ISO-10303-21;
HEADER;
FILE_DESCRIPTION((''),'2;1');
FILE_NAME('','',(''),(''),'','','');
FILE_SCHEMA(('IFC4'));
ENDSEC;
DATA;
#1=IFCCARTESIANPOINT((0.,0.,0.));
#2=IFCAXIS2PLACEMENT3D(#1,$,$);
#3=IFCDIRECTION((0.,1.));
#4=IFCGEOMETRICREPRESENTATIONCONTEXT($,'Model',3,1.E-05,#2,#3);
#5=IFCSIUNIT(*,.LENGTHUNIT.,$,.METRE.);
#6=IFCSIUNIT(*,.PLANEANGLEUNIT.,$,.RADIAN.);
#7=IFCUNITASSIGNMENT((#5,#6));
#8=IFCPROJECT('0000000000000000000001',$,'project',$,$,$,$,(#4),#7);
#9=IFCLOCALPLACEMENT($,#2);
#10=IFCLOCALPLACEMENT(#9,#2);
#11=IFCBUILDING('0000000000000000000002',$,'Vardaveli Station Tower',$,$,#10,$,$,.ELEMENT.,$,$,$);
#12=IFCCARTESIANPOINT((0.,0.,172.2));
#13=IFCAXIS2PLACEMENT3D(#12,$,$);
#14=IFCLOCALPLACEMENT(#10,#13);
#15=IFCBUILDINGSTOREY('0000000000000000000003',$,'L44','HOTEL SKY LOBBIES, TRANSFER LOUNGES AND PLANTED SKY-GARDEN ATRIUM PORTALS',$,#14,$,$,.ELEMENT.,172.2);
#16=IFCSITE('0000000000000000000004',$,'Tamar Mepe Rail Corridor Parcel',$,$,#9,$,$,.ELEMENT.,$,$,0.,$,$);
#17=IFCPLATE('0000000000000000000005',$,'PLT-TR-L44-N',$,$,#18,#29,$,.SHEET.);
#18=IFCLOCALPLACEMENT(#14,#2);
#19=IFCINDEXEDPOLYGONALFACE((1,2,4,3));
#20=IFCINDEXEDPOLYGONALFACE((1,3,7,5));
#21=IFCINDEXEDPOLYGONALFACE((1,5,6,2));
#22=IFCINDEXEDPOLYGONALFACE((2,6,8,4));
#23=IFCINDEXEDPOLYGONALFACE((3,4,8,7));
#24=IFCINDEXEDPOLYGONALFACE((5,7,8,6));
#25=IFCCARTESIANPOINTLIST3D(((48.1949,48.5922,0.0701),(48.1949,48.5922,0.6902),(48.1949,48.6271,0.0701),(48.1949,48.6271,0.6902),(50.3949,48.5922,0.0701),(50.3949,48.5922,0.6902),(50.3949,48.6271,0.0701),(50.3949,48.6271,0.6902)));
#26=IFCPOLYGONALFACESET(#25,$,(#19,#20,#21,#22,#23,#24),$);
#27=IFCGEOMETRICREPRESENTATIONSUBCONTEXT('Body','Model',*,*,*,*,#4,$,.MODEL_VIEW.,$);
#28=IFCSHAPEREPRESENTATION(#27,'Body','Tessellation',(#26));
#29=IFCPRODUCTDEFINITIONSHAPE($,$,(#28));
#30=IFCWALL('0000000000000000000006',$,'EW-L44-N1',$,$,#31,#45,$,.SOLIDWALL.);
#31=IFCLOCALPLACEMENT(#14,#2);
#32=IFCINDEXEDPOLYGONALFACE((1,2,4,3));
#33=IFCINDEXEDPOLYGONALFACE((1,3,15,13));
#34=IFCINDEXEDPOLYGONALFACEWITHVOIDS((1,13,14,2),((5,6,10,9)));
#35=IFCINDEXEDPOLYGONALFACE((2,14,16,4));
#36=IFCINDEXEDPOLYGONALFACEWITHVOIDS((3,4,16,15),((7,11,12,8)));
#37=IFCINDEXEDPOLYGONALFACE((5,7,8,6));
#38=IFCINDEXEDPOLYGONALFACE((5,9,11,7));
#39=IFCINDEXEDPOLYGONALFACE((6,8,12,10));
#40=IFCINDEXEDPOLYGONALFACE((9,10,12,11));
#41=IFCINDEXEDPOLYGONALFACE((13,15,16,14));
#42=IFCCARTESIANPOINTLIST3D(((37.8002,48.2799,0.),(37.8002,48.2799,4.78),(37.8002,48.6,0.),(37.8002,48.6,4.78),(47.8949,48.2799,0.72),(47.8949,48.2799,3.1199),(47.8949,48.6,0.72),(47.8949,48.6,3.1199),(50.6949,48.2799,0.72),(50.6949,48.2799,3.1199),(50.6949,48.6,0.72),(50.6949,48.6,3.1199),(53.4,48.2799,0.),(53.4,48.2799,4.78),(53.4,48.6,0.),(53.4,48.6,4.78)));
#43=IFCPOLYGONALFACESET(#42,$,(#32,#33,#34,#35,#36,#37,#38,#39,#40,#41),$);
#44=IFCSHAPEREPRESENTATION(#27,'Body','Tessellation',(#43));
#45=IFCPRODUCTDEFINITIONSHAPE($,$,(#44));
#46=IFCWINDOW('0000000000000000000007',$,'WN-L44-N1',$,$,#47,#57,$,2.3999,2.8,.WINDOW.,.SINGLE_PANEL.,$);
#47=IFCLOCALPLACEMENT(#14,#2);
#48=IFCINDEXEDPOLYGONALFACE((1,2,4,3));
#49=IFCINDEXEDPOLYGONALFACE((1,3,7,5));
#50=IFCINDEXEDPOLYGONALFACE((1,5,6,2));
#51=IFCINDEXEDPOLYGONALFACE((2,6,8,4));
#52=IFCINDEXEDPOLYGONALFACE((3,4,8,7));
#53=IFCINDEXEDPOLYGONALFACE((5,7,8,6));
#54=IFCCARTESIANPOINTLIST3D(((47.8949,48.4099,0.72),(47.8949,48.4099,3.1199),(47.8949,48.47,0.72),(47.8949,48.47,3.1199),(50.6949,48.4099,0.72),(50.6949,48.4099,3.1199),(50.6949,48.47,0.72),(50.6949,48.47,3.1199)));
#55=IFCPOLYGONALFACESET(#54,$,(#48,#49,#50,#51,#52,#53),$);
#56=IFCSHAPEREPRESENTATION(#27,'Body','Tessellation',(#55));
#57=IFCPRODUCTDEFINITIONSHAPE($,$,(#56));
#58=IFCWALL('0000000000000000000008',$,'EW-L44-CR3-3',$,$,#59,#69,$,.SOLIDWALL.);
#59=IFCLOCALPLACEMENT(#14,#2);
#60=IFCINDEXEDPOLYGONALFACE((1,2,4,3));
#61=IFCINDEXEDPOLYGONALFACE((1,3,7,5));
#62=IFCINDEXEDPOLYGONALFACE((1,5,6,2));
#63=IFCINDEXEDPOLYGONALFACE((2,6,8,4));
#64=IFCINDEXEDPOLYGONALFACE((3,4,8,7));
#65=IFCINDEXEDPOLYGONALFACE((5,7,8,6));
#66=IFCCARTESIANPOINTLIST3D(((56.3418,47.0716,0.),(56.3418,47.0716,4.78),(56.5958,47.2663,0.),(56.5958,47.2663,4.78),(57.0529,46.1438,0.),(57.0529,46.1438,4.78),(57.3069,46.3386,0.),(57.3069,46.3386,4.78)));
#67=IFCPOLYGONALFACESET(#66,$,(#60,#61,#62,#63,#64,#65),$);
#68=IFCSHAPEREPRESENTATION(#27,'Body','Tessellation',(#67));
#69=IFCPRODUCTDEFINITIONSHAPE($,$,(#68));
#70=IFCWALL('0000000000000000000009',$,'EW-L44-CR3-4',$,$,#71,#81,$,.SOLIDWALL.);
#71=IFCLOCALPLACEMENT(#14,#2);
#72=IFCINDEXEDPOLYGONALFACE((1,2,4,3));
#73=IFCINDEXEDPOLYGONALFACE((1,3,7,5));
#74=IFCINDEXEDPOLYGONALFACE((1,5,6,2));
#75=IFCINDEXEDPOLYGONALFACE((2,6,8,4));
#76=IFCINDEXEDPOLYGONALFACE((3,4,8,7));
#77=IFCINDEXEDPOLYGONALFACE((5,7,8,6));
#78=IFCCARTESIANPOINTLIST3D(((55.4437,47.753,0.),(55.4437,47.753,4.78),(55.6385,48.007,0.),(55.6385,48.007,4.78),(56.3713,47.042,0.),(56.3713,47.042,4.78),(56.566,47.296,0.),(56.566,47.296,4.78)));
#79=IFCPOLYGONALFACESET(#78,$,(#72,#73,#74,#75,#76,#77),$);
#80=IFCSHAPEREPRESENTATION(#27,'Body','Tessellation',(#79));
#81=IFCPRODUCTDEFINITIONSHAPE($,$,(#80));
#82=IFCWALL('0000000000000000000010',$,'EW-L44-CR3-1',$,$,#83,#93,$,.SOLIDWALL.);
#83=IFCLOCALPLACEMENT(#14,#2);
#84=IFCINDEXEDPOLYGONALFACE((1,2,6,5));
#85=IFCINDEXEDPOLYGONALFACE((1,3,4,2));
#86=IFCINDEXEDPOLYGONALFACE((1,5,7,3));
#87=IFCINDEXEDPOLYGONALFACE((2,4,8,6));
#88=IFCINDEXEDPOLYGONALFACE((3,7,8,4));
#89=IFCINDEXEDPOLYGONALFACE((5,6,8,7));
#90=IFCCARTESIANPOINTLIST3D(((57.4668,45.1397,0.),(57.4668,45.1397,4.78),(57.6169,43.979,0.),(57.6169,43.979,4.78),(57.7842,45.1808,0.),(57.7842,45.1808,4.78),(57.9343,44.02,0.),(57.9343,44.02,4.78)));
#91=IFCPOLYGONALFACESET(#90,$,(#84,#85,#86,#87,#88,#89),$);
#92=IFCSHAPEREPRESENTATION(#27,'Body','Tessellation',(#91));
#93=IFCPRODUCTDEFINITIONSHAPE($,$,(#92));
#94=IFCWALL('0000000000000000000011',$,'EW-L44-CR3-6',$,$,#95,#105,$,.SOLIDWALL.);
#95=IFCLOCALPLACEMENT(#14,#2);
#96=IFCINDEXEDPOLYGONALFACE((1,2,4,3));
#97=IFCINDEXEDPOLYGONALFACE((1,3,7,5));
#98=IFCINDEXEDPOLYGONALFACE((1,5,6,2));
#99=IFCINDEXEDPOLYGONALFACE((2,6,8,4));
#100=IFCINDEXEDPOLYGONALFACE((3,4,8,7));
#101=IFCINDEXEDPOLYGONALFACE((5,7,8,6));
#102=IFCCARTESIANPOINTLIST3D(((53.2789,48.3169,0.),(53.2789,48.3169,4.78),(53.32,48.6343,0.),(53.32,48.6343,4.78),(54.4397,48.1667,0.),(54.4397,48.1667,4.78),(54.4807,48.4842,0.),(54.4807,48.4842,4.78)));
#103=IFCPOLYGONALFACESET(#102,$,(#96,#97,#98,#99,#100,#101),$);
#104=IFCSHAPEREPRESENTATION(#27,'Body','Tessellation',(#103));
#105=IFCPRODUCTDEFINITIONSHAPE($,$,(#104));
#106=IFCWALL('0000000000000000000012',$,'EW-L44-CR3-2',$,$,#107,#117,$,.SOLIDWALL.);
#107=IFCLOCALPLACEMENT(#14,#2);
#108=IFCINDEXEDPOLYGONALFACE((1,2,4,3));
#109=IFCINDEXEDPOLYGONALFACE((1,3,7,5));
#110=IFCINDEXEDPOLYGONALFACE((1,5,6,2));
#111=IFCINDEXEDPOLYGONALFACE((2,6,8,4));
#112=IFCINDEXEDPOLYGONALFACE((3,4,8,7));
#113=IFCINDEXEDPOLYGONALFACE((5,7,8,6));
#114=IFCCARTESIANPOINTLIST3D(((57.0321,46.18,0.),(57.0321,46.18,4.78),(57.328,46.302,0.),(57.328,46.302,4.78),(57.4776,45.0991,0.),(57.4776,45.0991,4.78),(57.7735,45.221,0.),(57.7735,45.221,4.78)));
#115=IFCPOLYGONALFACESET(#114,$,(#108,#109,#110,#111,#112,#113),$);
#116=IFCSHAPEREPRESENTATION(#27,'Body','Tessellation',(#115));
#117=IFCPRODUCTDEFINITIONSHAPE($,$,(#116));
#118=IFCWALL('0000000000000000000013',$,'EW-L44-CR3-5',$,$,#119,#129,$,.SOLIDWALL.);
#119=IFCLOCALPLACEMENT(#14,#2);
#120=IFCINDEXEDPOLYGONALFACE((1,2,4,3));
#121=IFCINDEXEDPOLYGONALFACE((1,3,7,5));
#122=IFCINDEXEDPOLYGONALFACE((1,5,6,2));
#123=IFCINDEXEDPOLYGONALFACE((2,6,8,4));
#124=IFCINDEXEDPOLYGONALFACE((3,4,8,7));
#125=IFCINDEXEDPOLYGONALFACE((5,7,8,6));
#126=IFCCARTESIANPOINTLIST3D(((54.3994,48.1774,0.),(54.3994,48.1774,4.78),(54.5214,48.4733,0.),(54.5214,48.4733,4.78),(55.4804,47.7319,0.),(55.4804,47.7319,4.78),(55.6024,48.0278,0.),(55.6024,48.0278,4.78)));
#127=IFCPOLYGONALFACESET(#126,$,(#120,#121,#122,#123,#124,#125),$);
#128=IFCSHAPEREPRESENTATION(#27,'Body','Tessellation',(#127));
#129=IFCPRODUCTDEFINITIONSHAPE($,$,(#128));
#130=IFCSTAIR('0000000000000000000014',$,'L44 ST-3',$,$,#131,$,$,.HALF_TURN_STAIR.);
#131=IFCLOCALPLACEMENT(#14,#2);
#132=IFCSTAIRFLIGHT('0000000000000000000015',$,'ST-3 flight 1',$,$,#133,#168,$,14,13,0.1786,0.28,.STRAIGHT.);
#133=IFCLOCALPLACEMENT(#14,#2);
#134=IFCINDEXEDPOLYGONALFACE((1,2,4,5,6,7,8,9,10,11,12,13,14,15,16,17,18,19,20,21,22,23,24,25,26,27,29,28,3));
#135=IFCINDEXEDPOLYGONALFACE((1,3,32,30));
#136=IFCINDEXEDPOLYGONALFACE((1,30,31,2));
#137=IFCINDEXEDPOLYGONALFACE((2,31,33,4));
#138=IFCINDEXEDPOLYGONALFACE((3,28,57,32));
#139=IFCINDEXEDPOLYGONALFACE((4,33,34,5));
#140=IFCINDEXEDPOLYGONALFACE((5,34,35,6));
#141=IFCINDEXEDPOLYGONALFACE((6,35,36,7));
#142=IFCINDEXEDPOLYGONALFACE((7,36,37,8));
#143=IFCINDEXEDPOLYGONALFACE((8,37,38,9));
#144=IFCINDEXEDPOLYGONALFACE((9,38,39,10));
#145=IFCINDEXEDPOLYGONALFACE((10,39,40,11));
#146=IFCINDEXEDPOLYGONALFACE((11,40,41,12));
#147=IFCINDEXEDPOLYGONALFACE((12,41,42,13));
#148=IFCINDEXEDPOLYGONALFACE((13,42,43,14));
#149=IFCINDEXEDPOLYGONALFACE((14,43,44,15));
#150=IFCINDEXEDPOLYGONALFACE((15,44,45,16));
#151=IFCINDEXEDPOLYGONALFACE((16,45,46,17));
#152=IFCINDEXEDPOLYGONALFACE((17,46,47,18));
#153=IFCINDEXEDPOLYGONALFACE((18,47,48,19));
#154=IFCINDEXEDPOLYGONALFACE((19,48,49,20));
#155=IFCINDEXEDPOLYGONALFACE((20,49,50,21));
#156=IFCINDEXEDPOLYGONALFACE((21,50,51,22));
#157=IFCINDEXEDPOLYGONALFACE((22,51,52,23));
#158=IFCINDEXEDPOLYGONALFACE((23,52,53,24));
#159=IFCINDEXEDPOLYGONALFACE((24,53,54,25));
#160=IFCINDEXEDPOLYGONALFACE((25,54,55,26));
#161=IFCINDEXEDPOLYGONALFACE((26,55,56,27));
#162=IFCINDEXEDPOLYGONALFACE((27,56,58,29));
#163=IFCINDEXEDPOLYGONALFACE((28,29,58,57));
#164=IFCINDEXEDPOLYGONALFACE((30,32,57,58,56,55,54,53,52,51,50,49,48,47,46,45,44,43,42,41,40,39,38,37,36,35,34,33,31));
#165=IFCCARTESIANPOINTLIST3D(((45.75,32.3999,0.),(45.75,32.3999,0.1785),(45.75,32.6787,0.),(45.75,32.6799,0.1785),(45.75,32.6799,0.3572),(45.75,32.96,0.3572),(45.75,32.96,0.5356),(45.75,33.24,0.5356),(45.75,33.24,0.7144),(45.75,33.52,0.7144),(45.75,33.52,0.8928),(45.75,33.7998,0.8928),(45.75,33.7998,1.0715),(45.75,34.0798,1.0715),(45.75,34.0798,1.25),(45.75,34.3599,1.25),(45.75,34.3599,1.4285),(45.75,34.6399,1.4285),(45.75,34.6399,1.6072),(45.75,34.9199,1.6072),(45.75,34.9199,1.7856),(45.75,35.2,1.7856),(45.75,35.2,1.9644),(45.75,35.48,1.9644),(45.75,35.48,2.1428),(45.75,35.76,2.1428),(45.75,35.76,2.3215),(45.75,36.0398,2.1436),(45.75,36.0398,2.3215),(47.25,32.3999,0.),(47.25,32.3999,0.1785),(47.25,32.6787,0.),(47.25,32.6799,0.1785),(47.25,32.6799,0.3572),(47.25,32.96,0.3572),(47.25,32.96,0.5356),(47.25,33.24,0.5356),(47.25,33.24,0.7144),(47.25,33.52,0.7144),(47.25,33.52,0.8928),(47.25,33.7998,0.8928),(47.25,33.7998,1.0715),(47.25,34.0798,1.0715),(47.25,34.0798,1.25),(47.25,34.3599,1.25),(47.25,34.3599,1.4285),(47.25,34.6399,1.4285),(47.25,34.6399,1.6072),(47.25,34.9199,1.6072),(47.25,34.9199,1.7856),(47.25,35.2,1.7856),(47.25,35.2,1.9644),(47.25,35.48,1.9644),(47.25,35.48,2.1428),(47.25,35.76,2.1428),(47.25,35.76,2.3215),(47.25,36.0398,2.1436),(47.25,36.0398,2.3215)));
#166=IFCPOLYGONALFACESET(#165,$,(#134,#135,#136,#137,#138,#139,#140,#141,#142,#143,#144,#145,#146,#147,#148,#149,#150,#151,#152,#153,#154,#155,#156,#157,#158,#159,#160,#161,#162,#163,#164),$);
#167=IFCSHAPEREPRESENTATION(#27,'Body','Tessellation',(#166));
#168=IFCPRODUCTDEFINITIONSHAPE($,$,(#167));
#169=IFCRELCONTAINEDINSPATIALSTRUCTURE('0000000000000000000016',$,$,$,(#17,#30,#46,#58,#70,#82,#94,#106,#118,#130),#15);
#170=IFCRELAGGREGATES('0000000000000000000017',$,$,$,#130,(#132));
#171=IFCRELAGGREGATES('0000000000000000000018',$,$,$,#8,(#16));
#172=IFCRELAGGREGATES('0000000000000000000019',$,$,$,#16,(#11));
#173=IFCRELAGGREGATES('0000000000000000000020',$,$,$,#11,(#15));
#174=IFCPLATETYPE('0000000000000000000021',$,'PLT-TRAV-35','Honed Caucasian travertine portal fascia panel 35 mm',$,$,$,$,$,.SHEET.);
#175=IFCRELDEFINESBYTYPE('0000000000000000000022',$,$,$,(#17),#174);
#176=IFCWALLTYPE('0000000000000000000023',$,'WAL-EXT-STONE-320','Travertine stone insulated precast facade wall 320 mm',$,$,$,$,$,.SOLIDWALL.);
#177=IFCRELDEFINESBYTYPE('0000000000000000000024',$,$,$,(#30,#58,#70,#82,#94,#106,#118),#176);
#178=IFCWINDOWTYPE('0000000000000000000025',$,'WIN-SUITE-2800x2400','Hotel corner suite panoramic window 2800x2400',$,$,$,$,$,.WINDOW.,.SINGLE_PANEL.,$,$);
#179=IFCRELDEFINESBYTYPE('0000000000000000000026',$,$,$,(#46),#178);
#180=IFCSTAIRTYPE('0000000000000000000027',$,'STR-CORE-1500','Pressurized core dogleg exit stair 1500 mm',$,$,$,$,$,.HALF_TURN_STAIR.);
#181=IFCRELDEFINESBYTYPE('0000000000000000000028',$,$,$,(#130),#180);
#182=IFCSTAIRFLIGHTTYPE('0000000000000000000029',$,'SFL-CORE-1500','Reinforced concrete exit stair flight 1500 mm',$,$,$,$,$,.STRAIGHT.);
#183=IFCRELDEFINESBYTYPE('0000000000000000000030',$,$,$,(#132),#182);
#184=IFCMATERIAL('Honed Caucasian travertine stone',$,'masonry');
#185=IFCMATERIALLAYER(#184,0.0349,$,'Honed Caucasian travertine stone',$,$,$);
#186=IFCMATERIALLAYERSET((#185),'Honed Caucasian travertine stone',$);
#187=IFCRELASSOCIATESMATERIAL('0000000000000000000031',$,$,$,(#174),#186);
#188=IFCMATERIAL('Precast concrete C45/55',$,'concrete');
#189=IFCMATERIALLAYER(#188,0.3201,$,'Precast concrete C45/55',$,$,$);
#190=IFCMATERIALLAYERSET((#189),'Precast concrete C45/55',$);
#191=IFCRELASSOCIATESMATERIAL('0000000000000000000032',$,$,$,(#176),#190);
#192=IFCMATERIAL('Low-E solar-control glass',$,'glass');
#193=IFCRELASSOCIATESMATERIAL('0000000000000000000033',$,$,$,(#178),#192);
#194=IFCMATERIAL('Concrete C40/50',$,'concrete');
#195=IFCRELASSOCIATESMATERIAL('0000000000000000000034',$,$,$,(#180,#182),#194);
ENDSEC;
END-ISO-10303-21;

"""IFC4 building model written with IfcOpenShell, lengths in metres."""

from ifc_helpers import new_model, si_unit, direction, frame, frame_2d, origin, origin_2d, place, context, subcontext, project, spatial, polyline, rectangle, outline, extrude, source, transform, mapped, material, layer, layer_set, type_object, element, fill, aggregate, save


model = new_model("IFC4")

# Units and contexts
model_context = context("Model", 3, precision=1e-05, world=origin(), true_north=direction((0.0, 1.0)))
body_context = subcontext(model_context, "Body", "Model", "MODEL_VIEW")
ifc_project = project(units=[si_unit("LENGTHUNIT", "METRE"), si_unit("PLANEANGLEUNIT", "RADIAN")], contexts=[model_context])

# Site, building, storey
site_placement = place(None, origin())
site = spatial("IfcSite", under=ifc_project, at=site_placement, Name="Tamar Mepe Rail Corridor Parcel", CompositionType="ELEMENT", RefElevation=0.0)
building_placement = place(site_placement, origin())
building = spatial("IfcBuilding", under=site, at=building_placement, Name="Vardaveli Station Tower", CompositionType="ELEMENT")
storey_placement = place(building_placement, frame((0.0, 0.0, 172.2)))
storey = spatial("IfcBuildingStorey", under=building, at=storey_placement, Name="L44", Description="HOTEL SKY LOBBIES, TRANSFER LOUNGES AND PLANTED SKY-GARDEN ATRIUM PORTALS", CompositionType="ELEMENT", Elevation=172.2)

# Plate
ifc_material_1 = material(Name="Honed Caucasian travertine stone", Category="masonry")
ifc_layer_1 = layer(ifc_material_1, 0.0349, Name="Honed Caucasian travertine stone")
ifc_layer_set_1 = layer_set([ifc_layer_1], Name="Honed Caucasian travertine stone")
plate_type = type_object("IfcPlateType", Name="PLT-TRAV-35", Description="Honed Caucasian travertine portal fascia panel 35 mm", PredefinedType="SHEET", material=ifc_layer_set_1)
shared_shape_1 = source(origin(), body_context, "Body", "SweptSolid", [
    extrude(rectangle(XDim=2.2, YDim=0.0349, at=origin_2d()), origin(), (0.0, 0.0, 1.0), 0.6201),
])
plate_placement = place(storey_placement, frame((49.2949, 48.6096, 0.0701), z_axis=(0.0, 0.0, 1.0), x_axis=(1.0, 0.0, 0.0)))
element("IfcPlate", 1, at=plate_placement, inside=storey, type_object=plate_type, Name="PLT-TR-L44-N", PredefinedType="SHEET", context=body_context, shape_type="MappedRepresentation", body=[
    mapped(shared_shape_1, transform((0.0, 0.0, 0.0), scale=1.0)),
])

# Wall, opening, window
ifc_material_2 = material(Name="Precast concrete C45/55", Category="concrete")
ifc_layer_2 = layer(ifc_material_2, 0.3201, Name="Precast concrete C45/55")
ifc_layer_set_2 = layer_set([ifc_layer_2], Name="Precast concrete C45/55")
wall_type = type_object("IfcWallType", Name="WAL-EXT-STONE-320", Description="Travertine stone insulated precast facade wall 320 mm", PredefinedType="SOLIDWALL", material=ifc_layer_set_2)
shared_shape_2 = source(origin(), body_context, "Body", "SweptSolid", [
    extrude(rectangle(XDim=15.5999, YDim=0.3201, at=frame_2d((7.7998, 0.0))), origin(), (0.0, 0.0, 1.0), 4.78),
])
wall_1_placement = place(storey_placement, frame((53.3999, 48.4399, 0.0), z_axis=(0.0, 0.0, 1.0), x_axis=(-1.0, 0.0, 0.0)))
wall_1 = element("IfcWall", 2, at=wall_1_placement, inside=storey, type_object=wall_type, Name="EW-L44-N1", PredefinedType="SOLIDWALL", context=body_context, shape_type="MappedRepresentation", body=[
    mapped(shared_shape_2, transform((0.0, 0.0, 0.0), scale=1.0)),
])
shared_shape_3 = source(origin(), body_context, "Body", "SweptSolid", [
    extrude(rectangle(XDim=2.8, YDim=2.3999, at=frame_2d((1.3999, 1.2))), frame((0.0, 0.1699, 0.0), z_axis=(0.0, -1.0, 0.0), x_axis=(1.0, 0.0, 0.0)), (0.0, 0.0, 1.0), 0.3401),
])
opening_placement = place(wall_1_placement, frame((2.7051, 0.0, 0.72)))
opening = element("IfcOpeningElement", 3, at=opening_placement, cuts=wall_1, PredefinedType="OPENING", context=body_context, shape_type="MappedRepresentation", body=[
    mapped(shared_shape_3, transform((0.0, 0.0, 0.0), scale=1.0)),
])
ifc_material_3 = material(Name="Low-E solar-control glass", Category="glass")
window_type = type_object("IfcWindowType", Name="WIN-SUITE-2800x2400", Description="Hotel corner suite panoramic window 2800x2400", PartitioningType="SINGLE_PANEL", PredefinedType="WINDOW", material=ifc_material_3)
shared_shape_4 = source(origin(), body_context, "Body", "SweptSolid", [
    extrude(rectangle(XDim=2.8, YDim=2.3999, at=frame_2d((1.3999, 1.2))), frame((0.0, 0.03, 0.0), z_axis=(0.0, -1.0, 0.0), x_axis=(1.0, 0.0, 0.0)), (0.0, 0.0, 1.0), 0.0601),
])
window_placement = place(opening_placement, origin())
window = element("IfcWindow", 4, at=window_placement, inside=storey, type_object=window_type, Name="WN-L44-N1", OverallHeight=2.3999, OverallWidth=2.8, PartitioningType="SINGLE_PANEL", PredefinedType="WINDOW", context=body_context, shape_type="MappedRepresentation", body=[
    mapped(shared_shape_4, transform((0.0, 0.0, 0.0), scale=1.0)),
])
fill(opening, window)

# Walls
shared_shape_5 = source(origin(), body_context, "Body", "SweptSolid", [
    extrude(rectangle(XDim=1.1689, YDim=0.3201, at=frame_2d((0.5845, 0.0))), origin(), (0.0, 0.0, 1.0), 4.78),
])
wall_2_placement = place(storey_placement, frame((57.1799, 46.2412, 0.0), z_axis=(0.0, 0.0, 1.0), x_axis=(-0.608388, 0.79364, 0.0)))
element("IfcWall", 5, at=wall_2_placement, inside=storey, type_object=wall_type, Name="EW-L44-CR3-3", PredefinedType="SOLIDWALL", context=body_context, shape_type="MappedRepresentation", body=[
    mapped(shared_shape_5, transform((0.0, 0.0, 0.0), scale=1.0)),
])
shared_shape_6 = source(origin(), body_context, "Body", "SweptSolid", [
    extrude(rectangle(XDim=1.1687, YDim=0.3201, at=frame_2d((0.5845, 0.0))), origin(), (0.0, 0.0, 1.0), 4.78),
])
wall_3_placement = place(storey_placement, frame((56.4688, 47.1689, 0.0), z_axis=(0.0, 0.0, 1.0), x_axis=(-0.793664, 0.608357, 0.0)))
element("IfcWall", 6, at=wall_3_placement, inside=storey, type_object=wall_type, Name="EW-L44-CR3-4", PredefinedType="SOLIDWALL", context=body_context, shape_type="MappedRepresentation", body=[
    mapped(shared_shape_6, transform((0.0, 0.0, 0.0), scale=1.0)),
])
shared_shape_7 = source(origin(), body_context, "Body", "SweptSolid", [
    extrude(rectangle(XDim=1.1704, YDim=0.3201, at=frame_2d((0.5852, 0.0))), origin(), (0.0, 0.0, 1.0), 4.78),
])
for number, where, z_axis, x_axis, name in (
    (7, (57.7756, 43.9995, 0.0), (0.0, 0.0, 1.0), (-0.128296, 0.991736, 0.0), "EW-L44-CR3-1"),
    (8, (54.4602, 48.3254, 0.0), (0.0, 0.0, 1.0), (-0.991736, 0.128296, 0.0), "EW-L44-CR3-6"),
):
    element("IfcWall", number, at=place(storey_placement, frame(where, z_axis=z_axis, x_axis=x_axis)), inside=storey, type_object=wall_type, Name=name, PredefinedType="SOLIDWALL", context=body_context, shape_type="MappedRepresentation", body=[
        mapped(shared_shape_7, transform((0.0, 0.0, 0.0), scale=1.0)),
    ])
shared_shape_8 = source(origin(), body_context, "Body", "SweptSolid", [
    extrude(rectangle(XDim=1.1692, YDim=0.3201, at=frame_2d((0.5845, 0.0))), origin(), (0.0, 0.0, 1.0), 4.78),
])
for number, where, z_axis, x_axis, name in (
    (9, (57.6255, 45.1602, 0.0), (0.0, 0.0, 1.0), (-0.381054, 0.924553, 0.0), "EW-L44-CR3-2"),
    (10, (55.5413, 47.8799, 0.0), (0.0, 0.0, 1.0), (-0.924553, 0.381054, 0.0), "EW-L44-CR3-5"),
):
    element("IfcWall", number, at=place(storey_placement, frame(where, z_axis=z_axis, x_axis=x_axis)), inside=storey, type_object=wall_type, Name=name, PredefinedType="SOLIDWALL", context=body_context, shape_type="MappedRepresentation", body=[
        mapped(shared_shape_8, transform((0.0, 0.0, 0.0), scale=1.0)),
    ])

# Stair, stair flight
ifc_material_4 = material(Name="Concrete C40/50", Category="concrete")
stair_type = type_object("IfcStairType", Name="STR-CORE-1500", Description="Pressurized core dogleg exit stair 1500 mm", PredefinedType="HALF_TURN_STAIR", material=ifc_material_4)
stair_placement = place(storey_placement, origin())
stair = element("IfcStair", 11, at=stair_placement, inside=storey, type_object=stair_type, Name="L44 ST-3", PredefinedType="HALF_TURN_STAIR")
stair_flight_type = type_object("IfcStairFlightType", Name="SFL-CORE-1500", Description="Reinforced concrete exit stair flight 1500 mm", PredefinedType="STRAIGHT", material=ifc_material_4)
shared_shape_9 = source(origin(), body_context, "Body", "SweptSolid", [
    extrude(outline(polyline([(0.0, 0.0), (0.0, 0.1785), (0.28, 0.1785), (0.28, 0.3572), (0.5601, 0.3572), (0.5601, 0.5356), (0.8401, 0.5356), (0.8401, 0.7144), (1.1201, 0.7144), (1.1201, 0.8928), (1.3999, 0.8928), (1.3999, 1.0715), (1.6799, 1.0715), (1.6799, 1.25), (1.96, 1.25), (1.96, 1.4285), (2.24, 1.4285), (2.24, 1.6072), (2.52, 1.6072), (2.52, 1.7856), (2.8, 1.7856), (2.8, 1.9644), (3.0801, 1.9644), (3.0801, 2.1428), (3.3601, 2.1428), (3.3601, 2.3215), (3.6399, 2.3215), (3.6399, 2.5), (3.6399, 2.1436), (0.2788, 0.0), (0.0, 0.0)])), frame((0.0, 0.75, 0.0), z_axis=(0.0, -1.0, 0.0), x_axis=(1.0, 0.0, 0.0)), (0.0, 0.0, 1.0), 1.5),
])
stair_flight_1_placement = place(storey_placement, frame((46.5, 32.3999, 0.0), z_axis=(0.0, 0.0, 1.0), x_axis=(0.0, 1.0, 0.0)))
stair_flight_1 = element("IfcStairFlight", 12, at=stair_flight_1_placement, type_object=stair_flight_type, Name="ST-3 flight 1", NumberOfRisers=14, NumberOfTreads=13, PredefinedType="STRAIGHT", RiserHeight=0.1786, TreadLength=0.28, context=body_context, shape_type="MappedRepresentation", body=[
    mapped(shared_shape_9, transform((0.0, 0.0, 0.0), scale=1.0)),
])
aggregate(stair, [stair_flight_1])

save(model, "model.ifc")
